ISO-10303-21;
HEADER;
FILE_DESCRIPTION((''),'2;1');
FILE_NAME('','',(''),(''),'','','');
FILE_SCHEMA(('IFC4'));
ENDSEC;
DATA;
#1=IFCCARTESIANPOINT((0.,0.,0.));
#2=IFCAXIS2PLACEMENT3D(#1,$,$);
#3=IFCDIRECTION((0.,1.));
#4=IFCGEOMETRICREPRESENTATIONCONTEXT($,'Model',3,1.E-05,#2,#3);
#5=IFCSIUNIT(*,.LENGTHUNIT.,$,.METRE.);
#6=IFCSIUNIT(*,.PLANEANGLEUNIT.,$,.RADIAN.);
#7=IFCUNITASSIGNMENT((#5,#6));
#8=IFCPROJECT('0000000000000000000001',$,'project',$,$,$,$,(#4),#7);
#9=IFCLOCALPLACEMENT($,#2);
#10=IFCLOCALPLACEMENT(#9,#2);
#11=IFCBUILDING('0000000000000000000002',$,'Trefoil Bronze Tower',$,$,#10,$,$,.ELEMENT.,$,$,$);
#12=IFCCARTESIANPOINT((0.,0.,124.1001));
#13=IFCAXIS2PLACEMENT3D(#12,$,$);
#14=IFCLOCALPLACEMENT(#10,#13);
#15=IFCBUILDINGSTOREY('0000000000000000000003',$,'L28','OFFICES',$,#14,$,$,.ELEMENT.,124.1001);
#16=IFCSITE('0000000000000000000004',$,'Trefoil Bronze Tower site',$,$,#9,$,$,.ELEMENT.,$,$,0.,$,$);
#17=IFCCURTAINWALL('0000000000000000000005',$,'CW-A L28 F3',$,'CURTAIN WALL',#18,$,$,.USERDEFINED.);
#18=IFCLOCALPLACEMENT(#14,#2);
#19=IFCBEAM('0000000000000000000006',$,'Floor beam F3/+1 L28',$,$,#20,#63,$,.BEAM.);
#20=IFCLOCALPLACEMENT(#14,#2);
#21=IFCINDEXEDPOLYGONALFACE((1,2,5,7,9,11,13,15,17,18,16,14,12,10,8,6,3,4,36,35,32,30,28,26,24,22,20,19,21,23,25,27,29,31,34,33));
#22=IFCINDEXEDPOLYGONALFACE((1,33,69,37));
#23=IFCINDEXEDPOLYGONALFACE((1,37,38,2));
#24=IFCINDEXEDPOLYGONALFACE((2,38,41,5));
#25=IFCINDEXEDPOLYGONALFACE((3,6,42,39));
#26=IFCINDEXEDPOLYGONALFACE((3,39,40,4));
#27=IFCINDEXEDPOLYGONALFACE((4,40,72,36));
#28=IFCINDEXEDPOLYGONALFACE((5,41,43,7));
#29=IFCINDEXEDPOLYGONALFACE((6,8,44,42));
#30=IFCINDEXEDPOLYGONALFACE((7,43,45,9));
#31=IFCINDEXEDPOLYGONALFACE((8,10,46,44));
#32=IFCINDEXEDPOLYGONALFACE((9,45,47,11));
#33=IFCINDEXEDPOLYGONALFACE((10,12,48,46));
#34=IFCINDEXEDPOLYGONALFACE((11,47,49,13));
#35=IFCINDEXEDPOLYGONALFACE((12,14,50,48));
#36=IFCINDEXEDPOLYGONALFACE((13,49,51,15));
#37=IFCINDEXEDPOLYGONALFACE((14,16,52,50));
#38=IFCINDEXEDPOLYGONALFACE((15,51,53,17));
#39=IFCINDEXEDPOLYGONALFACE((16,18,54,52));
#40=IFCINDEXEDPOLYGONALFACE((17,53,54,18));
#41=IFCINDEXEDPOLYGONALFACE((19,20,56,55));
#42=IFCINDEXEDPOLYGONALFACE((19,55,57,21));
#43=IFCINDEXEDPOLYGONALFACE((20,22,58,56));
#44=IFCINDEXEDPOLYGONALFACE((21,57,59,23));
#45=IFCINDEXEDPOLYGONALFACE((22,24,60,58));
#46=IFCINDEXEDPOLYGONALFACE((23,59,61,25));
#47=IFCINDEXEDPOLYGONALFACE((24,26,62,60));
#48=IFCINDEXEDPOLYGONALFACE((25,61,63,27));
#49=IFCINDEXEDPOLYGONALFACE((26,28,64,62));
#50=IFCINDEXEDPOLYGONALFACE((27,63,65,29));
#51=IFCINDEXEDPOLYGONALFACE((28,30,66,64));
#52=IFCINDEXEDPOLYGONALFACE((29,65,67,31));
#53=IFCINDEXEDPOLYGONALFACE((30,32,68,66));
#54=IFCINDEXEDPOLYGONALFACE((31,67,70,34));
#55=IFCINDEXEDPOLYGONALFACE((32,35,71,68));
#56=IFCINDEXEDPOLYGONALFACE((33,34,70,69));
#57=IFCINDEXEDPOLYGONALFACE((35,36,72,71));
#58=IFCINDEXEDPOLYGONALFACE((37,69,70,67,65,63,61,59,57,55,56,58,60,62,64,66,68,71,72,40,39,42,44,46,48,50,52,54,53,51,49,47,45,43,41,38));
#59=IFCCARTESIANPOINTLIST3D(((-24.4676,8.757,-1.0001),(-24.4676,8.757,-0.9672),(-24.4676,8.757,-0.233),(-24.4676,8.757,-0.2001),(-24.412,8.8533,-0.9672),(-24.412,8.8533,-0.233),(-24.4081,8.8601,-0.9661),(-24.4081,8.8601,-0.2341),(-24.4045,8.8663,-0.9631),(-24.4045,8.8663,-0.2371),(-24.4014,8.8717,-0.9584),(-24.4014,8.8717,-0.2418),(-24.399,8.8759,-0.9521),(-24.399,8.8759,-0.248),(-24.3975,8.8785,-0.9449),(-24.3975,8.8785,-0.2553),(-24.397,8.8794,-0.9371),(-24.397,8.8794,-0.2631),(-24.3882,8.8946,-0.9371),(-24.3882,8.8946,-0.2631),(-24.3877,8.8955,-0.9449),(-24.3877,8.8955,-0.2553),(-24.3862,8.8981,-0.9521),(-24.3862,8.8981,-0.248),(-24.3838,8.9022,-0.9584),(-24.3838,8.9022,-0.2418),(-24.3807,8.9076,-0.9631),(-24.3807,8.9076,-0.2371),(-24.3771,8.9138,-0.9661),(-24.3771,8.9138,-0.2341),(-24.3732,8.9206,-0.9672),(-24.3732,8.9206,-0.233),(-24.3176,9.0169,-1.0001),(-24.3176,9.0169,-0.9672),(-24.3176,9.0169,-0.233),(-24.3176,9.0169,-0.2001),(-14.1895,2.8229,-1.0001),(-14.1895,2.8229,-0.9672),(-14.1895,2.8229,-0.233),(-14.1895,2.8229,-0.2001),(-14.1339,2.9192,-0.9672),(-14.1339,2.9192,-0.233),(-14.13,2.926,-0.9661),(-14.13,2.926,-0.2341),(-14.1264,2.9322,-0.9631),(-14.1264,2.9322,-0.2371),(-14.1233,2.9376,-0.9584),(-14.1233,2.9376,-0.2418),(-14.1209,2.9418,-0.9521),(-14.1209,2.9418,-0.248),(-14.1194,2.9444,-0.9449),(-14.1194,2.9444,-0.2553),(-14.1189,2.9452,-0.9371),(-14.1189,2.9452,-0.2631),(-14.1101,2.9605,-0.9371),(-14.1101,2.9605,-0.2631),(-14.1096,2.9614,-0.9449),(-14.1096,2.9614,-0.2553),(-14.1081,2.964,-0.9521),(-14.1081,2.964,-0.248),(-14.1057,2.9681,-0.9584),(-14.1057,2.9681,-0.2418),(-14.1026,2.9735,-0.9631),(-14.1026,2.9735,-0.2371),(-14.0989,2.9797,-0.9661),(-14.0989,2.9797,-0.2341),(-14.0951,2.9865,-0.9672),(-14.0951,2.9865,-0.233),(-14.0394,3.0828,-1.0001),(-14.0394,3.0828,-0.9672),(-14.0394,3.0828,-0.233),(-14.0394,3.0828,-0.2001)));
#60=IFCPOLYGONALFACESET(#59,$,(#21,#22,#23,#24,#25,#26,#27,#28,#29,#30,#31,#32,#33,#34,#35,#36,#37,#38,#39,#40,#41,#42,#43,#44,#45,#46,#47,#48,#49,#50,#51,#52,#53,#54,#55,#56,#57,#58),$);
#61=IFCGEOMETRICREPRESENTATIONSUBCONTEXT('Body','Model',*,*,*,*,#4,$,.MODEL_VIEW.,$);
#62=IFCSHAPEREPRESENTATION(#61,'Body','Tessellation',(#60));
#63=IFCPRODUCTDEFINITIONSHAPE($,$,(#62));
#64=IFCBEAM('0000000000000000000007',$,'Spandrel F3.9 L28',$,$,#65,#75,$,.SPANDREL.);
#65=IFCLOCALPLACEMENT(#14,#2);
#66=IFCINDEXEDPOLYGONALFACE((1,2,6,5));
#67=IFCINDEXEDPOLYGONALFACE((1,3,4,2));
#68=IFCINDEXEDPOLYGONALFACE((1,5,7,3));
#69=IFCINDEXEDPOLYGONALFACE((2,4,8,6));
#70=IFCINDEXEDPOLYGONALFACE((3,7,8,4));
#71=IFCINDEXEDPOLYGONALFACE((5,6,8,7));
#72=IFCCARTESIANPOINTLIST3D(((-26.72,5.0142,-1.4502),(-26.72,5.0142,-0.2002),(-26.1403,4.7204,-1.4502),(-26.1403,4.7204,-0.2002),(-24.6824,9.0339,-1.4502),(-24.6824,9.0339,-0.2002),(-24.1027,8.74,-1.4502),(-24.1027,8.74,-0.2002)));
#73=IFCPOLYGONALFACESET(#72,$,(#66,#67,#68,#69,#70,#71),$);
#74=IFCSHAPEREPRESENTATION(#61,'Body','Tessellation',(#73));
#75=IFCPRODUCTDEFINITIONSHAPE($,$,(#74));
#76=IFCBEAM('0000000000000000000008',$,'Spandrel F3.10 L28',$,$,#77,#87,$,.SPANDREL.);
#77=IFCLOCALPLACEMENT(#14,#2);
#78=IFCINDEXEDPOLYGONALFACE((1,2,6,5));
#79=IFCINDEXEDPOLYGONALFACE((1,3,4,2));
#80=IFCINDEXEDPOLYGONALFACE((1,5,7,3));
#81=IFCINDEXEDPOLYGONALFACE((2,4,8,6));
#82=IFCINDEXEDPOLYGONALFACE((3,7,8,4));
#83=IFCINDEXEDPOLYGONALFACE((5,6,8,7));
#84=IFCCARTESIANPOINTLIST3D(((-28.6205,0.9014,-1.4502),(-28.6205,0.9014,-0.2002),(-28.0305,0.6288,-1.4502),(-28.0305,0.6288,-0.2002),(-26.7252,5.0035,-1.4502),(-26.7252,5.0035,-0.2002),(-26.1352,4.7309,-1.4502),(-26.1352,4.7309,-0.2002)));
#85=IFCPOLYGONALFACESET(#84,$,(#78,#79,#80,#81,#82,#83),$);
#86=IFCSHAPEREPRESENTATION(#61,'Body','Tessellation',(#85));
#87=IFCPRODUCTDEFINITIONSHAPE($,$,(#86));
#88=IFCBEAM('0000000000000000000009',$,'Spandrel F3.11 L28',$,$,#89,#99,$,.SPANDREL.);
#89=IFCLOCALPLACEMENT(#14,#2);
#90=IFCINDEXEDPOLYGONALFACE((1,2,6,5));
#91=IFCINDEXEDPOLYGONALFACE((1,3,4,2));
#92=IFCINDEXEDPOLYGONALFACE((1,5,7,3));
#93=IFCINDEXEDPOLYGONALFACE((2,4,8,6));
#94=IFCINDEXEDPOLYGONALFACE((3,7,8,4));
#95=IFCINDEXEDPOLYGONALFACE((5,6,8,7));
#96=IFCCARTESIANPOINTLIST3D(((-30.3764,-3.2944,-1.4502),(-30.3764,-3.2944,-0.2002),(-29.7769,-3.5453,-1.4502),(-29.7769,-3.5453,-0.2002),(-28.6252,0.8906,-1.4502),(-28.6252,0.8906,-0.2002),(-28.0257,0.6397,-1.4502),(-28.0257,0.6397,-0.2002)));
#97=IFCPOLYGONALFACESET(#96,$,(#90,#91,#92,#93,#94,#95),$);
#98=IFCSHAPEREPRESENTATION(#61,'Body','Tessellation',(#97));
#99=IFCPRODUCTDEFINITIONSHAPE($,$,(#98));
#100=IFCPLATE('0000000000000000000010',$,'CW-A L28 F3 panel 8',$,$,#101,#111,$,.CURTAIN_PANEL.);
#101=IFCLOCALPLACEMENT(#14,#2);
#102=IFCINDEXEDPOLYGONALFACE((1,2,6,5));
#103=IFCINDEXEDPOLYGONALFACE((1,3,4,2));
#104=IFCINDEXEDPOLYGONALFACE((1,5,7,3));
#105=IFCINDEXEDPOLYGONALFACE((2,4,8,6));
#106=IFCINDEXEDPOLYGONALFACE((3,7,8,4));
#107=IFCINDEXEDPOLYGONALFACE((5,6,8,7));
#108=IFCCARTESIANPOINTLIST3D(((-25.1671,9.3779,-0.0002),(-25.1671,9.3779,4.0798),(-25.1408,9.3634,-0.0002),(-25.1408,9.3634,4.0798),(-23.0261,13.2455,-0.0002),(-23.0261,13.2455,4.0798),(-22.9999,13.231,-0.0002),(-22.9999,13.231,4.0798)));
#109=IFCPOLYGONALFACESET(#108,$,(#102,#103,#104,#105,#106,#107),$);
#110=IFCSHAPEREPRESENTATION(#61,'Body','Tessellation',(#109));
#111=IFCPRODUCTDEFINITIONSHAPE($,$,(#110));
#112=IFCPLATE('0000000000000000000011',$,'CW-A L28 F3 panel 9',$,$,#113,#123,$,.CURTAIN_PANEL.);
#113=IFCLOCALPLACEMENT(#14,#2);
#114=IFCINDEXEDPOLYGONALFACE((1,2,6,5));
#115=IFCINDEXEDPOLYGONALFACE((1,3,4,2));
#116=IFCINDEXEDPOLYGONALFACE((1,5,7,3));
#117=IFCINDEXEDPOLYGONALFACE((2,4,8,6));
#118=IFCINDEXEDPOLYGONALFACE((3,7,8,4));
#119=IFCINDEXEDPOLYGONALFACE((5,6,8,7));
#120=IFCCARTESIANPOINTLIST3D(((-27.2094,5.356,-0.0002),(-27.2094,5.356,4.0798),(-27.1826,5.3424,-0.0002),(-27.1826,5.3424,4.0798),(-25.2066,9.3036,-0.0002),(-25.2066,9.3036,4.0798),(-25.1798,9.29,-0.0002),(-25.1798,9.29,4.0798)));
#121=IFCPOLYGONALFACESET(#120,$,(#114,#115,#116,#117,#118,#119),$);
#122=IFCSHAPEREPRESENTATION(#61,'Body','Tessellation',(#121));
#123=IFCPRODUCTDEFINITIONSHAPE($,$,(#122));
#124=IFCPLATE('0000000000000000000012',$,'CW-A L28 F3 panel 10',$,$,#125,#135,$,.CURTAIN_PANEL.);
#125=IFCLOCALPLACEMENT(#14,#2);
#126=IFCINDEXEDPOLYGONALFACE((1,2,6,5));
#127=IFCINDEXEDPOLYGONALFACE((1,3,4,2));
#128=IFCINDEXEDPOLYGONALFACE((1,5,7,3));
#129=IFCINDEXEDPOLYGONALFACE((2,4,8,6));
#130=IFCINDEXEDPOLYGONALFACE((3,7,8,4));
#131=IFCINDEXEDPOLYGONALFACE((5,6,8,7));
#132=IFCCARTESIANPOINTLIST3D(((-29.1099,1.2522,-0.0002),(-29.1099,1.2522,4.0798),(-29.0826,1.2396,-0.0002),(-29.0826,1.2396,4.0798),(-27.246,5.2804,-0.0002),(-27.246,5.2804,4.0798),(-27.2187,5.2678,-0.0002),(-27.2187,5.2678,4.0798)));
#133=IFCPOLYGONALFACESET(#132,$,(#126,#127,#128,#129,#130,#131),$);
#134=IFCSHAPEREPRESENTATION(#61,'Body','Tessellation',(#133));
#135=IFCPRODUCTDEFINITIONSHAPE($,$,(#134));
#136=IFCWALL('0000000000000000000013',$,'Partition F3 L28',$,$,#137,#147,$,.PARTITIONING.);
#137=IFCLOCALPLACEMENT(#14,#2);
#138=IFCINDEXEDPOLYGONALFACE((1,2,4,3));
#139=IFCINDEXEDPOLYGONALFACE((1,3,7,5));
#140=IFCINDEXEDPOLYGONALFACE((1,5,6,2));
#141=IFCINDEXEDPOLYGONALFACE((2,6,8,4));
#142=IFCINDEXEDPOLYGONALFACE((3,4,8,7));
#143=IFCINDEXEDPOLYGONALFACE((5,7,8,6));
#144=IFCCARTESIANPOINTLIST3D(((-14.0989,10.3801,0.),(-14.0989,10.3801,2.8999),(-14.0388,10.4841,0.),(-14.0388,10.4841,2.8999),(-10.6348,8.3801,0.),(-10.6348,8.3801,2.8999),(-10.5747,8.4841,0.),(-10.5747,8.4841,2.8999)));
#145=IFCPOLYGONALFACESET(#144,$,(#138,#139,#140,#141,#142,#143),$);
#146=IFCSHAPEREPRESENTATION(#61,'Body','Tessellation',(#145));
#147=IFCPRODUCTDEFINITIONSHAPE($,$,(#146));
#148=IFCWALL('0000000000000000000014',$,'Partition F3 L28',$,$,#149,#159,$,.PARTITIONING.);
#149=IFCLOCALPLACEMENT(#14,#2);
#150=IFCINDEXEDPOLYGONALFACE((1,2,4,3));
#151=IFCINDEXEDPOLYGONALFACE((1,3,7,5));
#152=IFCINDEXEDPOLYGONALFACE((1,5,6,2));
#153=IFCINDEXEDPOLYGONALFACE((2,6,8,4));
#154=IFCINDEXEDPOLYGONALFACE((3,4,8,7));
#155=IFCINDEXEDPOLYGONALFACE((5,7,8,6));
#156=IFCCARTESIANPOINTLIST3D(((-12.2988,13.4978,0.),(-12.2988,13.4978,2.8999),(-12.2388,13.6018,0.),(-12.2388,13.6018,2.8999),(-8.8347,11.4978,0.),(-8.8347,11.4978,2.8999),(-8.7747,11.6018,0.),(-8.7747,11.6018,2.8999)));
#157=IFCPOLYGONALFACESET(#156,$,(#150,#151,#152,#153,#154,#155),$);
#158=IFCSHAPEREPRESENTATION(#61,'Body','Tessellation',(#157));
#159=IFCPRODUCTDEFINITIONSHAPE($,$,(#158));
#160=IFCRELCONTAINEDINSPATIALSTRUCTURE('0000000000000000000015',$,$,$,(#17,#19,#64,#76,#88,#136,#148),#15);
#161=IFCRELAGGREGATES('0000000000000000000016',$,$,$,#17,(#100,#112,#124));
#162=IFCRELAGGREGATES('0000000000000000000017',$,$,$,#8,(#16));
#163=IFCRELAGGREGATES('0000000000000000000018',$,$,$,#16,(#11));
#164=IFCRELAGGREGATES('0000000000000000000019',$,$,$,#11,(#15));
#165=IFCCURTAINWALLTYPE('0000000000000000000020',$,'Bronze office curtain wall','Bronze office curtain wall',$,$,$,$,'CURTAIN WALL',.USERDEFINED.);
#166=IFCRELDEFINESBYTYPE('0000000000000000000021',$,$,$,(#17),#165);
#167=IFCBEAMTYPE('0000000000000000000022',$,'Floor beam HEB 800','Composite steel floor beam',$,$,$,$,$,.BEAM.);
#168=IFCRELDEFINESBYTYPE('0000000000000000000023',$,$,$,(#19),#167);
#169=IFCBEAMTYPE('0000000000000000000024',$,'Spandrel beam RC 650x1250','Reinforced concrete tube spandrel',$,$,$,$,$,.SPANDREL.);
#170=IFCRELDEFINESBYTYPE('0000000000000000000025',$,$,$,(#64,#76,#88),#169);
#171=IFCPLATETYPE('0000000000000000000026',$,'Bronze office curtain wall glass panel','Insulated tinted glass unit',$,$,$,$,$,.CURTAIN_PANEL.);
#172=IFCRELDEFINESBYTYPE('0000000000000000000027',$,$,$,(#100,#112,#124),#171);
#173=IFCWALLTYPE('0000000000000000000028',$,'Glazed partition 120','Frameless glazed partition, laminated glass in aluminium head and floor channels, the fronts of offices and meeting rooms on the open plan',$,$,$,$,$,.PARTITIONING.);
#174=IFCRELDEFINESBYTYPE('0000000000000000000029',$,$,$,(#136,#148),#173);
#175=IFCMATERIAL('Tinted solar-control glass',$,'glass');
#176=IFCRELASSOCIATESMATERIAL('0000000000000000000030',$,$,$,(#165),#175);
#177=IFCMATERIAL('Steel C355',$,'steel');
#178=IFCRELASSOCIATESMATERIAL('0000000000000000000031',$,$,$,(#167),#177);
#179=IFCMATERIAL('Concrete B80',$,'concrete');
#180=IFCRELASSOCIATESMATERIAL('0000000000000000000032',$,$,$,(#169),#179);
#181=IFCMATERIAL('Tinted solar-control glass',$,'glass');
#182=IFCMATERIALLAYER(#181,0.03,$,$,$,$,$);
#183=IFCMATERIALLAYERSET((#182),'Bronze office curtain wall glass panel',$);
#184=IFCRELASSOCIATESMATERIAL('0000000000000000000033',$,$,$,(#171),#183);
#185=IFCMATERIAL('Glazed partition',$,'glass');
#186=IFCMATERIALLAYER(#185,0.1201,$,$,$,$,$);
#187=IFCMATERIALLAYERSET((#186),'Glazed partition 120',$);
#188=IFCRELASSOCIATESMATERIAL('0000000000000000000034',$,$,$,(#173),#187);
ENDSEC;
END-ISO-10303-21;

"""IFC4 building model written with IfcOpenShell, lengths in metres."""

from ifc_helpers import new_model, si_unit, direction, frame, frame_2d, origin, origin_2d, place, context, subcontext, project, spatial, rectangle, i_section, extrude, material, layer, layer_set, material_profile, profile_set, type_object, element, aggregate, save


model = new_model("IFC4")

# Units and contexts
model_context = context("Model", 3, precision=1e-05, world=origin(), true_north=direction((0.0, 1.0)))
body_context = subcontext(model_context, "Body", "Model", "MODEL_VIEW")
ifc_project = project(units=[si_unit("LENGTHUNIT", "METRE"), si_unit("PLANEANGLEUNIT", "RADIAN")], contexts=[model_context])

# Site, building, storey
site_placement = place(None, origin())
site = spatial("IfcSite", under=ifc_project, at=site_placement, Name="Trefoil Bronze Tower site", CompositionType="ELEMENT", RefElevation=0.0)
building_placement = place(site_placement, origin())
building = spatial("IfcBuilding", under=site, at=building_placement, Name="Trefoil Bronze Tower", CompositionType="ELEMENT")
storey_placement = place(building_placement, frame((0.0, 0.0, 124.1001)))
storey = spatial("IfcBuildingStorey", under=building, at=storey_placement, Name="L28", Description="OFFICES", CompositionType="ELEMENT", Elevation=124.1001)

# Curtain wall
ifc_material_1 = material(Name="Tinted solar-control glass", Category="glass")
curtain_wall_type = type_object("IfcCurtainWallType", Name="Bronze office curtain wall", Description="Bronze office curtain wall", ElementType="CURTAIN WALL", PredefinedType="USERDEFINED", material=ifc_material_1)
curtain_wall_placement = place(storey_placement, origin())
curtain_wall = element("IfcCurtainWall", 1, at=curtain_wall_placement, inside=storey, type_object=curtain_wall_type, Name="CW-A L28 F3", ObjectType="CURTAIN WALL", PredefinedType="USERDEFINED")

# Beams
ifc_material_2 = material(Name="Steel C355", Category="steel")
ifc_material_profile_1 = material_profile(ifc_material_2, i_section(OverallWidth=0.3, OverallDepth=0.8, WebThickness=0.0176, FlangeThickness=0.033, FilletRadius=0.03, at=origin_2d()), Name="HEB 800")
ifc_profile_set_1 = profile_set([ifc_material_profile_1], Name="Steel C355")
beam_type_1 = type_object("IfcBeamType", Name="Floor beam HEB 800", Description="Composite steel floor beam", PredefinedType="BEAM", material=ifc_profile_set_1)
beam_1_placement = place(storey_placement, frame((-24.3926, 8.887, -0.6001), z_axis=(0.866024, -0.500002, 0.0), x_axis=(0.500002, 0.866024, 0.0)))
element("IfcBeam", 2, at=beam_1_placement, inside=storey, type_object=beam_type_1, Name="Floor beam F3/+1 L28", PredefinedType="BEAM", context=body_context, shape_type="SweptSolid", body=[
    extrude(i_section(OverallWidth=0.3, OverallDepth=0.8, WebThickness=0.0176, FlangeThickness=0.033, FilletRadius=0.03, at=origin_2d()), origin(), (0.0, 0.0, 1.0), 11.8682),
])
ifc_material_3 = material(Name="Concrete B80", Category="concrete")
ifc_material_profile_2 = material_profile(ifc_material_3, rectangle(XDim=0.6499, YDim=1.25, at=origin_2d()), Name="RC 650x1250")
ifc_profile_set_2 = profile_set([ifc_material_profile_2], Name="Concrete B80")
beam_type_2 = type_object("IfcBeamType", Name="Spandrel beam RC 650x1250", Description="Reinforced concrete tube spandrel", PredefinedType="SPANDREL", material=ifc_profile_set_2)
beam_2_placement = place(storey_placement, frame((-24.3926, 8.887, -0.8252), z_axis=(-0.452126, -0.891954, 0.0), x_axis=(0.891954, -0.452126, 0.0)))
element("IfcBeam", 3, at=beam_2_placement, inside=storey, type_object=beam_type_2, Name="Spandrel F3.9 L28", PredefinedType="SPANDREL", context=body_context, shape_type="SweptSolid", body=[
    extrude(rectangle(XDim=0.6499, YDim=1.25, at=origin_2d()), origin(), (0.0, 0.0, 1.0), 4.5066),
])
beam_3_placement = place(storey_placement, frame((-26.4302, 4.8672, -0.8252), z_axis=(-0.419425, -0.90779, 0.0), x_axis=(0.90779, -0.419425, 0.0)))
element("IfcBeam", 4, at=beam_3_placement, inside=storey, type_object=beam_type_2, Name="Spandrel F3.10 L28", PredefinedType="SPANDREL", context=body_context, shape_type="SweptSolid", body=[
    extrude(rectangle(XDim=0.6499, YDim=1.25, at=origin_2d()), origin(), (0.0, 0.0, 1.0), 4.5188),
])
beam_4_placement = place(storey_placement, frame((-28.3254, 0.7651, -0.8252), z_axis=(-0.386013, -0.922493, 0.0), x_axis=(0.922493, -0.386013, 0.0)))
element("IfcBeam", 5, at=beam_4_placement, inside=storey, type_object=beam_type_2, Name="Spandrel F3.11 L28", PredefinedType="SPANDREL", context=body_context, shape_type="SweptSolid", body=[
    extrude(rectangle(XDim=0.6499, YDim=1.25, at=origin_2d()), origin(), (0.0, 0.0, 1.0), 4.5366),
])

# Plates
ifc_material_4 = material(Name="Tinted solar-control glass", Category="glass")
ifc_layer_1 = layer(ifc_material_4, 0.03)
ifc_layer_set_1 = layer_set([ifc_layer_1], Name="Bronze office curtain wall glass panel")
plate_type = type_object("IfcPlateType", Name="Bronze office curtain wall glass panel", Description="Insulated tinted glass unit", PredefinedType="CURTAIN_PANEL", material=ifc_layer_set_1)
plate_1_placement = place(storey_placement, frame((-24.0835, 11.3044, -0.0002), z_axis=(0.0, 0.0, 1.0), x_axis=(-0.484312, -0.874895, 0.0)))
plate_1 = element("IfcPlate", 6, at=plate_1_placement, type_object=plate_type, Name="CW-A L28 F3 panel 8", PredefinedType="CURTAIN_PANEL", context=body_context, shape_type="SweptSolid", body=[
    extrude(rectangle(XDim=4.4207, YDim=0.03, at=origin_2d()), origin(), (0.0, 0.0, 1.0), 4.0801),
])
plate_2_placement = place(storey_placement, frame((-26.1946, 7.323, -0.0002), z_axis=(0.0, 0.0, 1.0), x_axis=(-0.452449, -0.89179, 0.0)))
plate_2 = element("IfcPlate", 7, at=plate_2_placement, type_object=plate_type, Name="CW-A L28 F3 panel 9", PredefinedType="CURTAIN_PANEL", context=body_context, shape_type="SweptSolid", body=[
    extrude(rectangle(XDim=4.4265, YDim=0.03, at=origin_2d()), origin(), (0.0, 0.0, 1.0), 4.0801),
])
plate_3_placement = place(storey_placement, frame((-28.1643, 3.26, -0.0002), z_axis=(0.0, 0.0, 1.0), x_axis=(-0.419933, -0.907555, 0.0)))
plate_3 = element("IfcPlate", 8, at=plate_3_placement, type_object=plate_type, Name="CW-A L28 F3 panel 10", PredefinedType="CURTAIN_PANEL", context=body_context, shape_type="SweptSolid", body=[
    extrude(rectangle(XDim=4.4385, YDim=0.03, at=origin_2d()), origin(), (0.0, 0.0, 1.0), 4.0801),
])
aggregate(curtain_wall, [plate_1, plate_2, plate_3])

# Walls
ifc_material_5 = material(Name="Glazed partition", Category="glass")
ifc_layer_2 = layer(ifc_material_5, 0.1201)
ifc_layer_set_2 = layer_set([ifc_layer_2], Name="Glazed partition 120")
wall_type_1 = type_object("IfcWallType", Name="Glazed partition 120", Description="Frameless glazed partition, laminated glass in aluminium head and floor channels, the fronts of offices and meeting rooms on the open plan", PredefinedType="PARTITIONING", material=ifc_layer_set_2)
for number, where, z_axis, x_axis, name in (
    (9, (-10.6047, 8.4321, 0.0), (0.0, 0.0, 1.0), (-0.866026, 0.499999, 0.0), "Partition F3 L28"),
    (10, (-8.8047, 11.5498, 0.0), (0.0, 0.0, 1.0), (-0.866026, 0.499999, 0.0), "Partition F3 L28"),
):
    element("IfcWall", number, at=place(storey_placement, frame(where, z_axis=z_axis, x_axis=x_axis)), inside=storey, type_object=wall_type_1, Name=name, PredefinedType="PARTITIONING", context=body_context, shape_type="SweptSolid", body=[
        extrude(rectangle(XDim=4.0, YDim=0.1201, at=frame_2d((2.0, 0.0))), origin(), (0.0, 0.0, 1.0), 2.8999),
    ])

save(model, "model.ifc")
